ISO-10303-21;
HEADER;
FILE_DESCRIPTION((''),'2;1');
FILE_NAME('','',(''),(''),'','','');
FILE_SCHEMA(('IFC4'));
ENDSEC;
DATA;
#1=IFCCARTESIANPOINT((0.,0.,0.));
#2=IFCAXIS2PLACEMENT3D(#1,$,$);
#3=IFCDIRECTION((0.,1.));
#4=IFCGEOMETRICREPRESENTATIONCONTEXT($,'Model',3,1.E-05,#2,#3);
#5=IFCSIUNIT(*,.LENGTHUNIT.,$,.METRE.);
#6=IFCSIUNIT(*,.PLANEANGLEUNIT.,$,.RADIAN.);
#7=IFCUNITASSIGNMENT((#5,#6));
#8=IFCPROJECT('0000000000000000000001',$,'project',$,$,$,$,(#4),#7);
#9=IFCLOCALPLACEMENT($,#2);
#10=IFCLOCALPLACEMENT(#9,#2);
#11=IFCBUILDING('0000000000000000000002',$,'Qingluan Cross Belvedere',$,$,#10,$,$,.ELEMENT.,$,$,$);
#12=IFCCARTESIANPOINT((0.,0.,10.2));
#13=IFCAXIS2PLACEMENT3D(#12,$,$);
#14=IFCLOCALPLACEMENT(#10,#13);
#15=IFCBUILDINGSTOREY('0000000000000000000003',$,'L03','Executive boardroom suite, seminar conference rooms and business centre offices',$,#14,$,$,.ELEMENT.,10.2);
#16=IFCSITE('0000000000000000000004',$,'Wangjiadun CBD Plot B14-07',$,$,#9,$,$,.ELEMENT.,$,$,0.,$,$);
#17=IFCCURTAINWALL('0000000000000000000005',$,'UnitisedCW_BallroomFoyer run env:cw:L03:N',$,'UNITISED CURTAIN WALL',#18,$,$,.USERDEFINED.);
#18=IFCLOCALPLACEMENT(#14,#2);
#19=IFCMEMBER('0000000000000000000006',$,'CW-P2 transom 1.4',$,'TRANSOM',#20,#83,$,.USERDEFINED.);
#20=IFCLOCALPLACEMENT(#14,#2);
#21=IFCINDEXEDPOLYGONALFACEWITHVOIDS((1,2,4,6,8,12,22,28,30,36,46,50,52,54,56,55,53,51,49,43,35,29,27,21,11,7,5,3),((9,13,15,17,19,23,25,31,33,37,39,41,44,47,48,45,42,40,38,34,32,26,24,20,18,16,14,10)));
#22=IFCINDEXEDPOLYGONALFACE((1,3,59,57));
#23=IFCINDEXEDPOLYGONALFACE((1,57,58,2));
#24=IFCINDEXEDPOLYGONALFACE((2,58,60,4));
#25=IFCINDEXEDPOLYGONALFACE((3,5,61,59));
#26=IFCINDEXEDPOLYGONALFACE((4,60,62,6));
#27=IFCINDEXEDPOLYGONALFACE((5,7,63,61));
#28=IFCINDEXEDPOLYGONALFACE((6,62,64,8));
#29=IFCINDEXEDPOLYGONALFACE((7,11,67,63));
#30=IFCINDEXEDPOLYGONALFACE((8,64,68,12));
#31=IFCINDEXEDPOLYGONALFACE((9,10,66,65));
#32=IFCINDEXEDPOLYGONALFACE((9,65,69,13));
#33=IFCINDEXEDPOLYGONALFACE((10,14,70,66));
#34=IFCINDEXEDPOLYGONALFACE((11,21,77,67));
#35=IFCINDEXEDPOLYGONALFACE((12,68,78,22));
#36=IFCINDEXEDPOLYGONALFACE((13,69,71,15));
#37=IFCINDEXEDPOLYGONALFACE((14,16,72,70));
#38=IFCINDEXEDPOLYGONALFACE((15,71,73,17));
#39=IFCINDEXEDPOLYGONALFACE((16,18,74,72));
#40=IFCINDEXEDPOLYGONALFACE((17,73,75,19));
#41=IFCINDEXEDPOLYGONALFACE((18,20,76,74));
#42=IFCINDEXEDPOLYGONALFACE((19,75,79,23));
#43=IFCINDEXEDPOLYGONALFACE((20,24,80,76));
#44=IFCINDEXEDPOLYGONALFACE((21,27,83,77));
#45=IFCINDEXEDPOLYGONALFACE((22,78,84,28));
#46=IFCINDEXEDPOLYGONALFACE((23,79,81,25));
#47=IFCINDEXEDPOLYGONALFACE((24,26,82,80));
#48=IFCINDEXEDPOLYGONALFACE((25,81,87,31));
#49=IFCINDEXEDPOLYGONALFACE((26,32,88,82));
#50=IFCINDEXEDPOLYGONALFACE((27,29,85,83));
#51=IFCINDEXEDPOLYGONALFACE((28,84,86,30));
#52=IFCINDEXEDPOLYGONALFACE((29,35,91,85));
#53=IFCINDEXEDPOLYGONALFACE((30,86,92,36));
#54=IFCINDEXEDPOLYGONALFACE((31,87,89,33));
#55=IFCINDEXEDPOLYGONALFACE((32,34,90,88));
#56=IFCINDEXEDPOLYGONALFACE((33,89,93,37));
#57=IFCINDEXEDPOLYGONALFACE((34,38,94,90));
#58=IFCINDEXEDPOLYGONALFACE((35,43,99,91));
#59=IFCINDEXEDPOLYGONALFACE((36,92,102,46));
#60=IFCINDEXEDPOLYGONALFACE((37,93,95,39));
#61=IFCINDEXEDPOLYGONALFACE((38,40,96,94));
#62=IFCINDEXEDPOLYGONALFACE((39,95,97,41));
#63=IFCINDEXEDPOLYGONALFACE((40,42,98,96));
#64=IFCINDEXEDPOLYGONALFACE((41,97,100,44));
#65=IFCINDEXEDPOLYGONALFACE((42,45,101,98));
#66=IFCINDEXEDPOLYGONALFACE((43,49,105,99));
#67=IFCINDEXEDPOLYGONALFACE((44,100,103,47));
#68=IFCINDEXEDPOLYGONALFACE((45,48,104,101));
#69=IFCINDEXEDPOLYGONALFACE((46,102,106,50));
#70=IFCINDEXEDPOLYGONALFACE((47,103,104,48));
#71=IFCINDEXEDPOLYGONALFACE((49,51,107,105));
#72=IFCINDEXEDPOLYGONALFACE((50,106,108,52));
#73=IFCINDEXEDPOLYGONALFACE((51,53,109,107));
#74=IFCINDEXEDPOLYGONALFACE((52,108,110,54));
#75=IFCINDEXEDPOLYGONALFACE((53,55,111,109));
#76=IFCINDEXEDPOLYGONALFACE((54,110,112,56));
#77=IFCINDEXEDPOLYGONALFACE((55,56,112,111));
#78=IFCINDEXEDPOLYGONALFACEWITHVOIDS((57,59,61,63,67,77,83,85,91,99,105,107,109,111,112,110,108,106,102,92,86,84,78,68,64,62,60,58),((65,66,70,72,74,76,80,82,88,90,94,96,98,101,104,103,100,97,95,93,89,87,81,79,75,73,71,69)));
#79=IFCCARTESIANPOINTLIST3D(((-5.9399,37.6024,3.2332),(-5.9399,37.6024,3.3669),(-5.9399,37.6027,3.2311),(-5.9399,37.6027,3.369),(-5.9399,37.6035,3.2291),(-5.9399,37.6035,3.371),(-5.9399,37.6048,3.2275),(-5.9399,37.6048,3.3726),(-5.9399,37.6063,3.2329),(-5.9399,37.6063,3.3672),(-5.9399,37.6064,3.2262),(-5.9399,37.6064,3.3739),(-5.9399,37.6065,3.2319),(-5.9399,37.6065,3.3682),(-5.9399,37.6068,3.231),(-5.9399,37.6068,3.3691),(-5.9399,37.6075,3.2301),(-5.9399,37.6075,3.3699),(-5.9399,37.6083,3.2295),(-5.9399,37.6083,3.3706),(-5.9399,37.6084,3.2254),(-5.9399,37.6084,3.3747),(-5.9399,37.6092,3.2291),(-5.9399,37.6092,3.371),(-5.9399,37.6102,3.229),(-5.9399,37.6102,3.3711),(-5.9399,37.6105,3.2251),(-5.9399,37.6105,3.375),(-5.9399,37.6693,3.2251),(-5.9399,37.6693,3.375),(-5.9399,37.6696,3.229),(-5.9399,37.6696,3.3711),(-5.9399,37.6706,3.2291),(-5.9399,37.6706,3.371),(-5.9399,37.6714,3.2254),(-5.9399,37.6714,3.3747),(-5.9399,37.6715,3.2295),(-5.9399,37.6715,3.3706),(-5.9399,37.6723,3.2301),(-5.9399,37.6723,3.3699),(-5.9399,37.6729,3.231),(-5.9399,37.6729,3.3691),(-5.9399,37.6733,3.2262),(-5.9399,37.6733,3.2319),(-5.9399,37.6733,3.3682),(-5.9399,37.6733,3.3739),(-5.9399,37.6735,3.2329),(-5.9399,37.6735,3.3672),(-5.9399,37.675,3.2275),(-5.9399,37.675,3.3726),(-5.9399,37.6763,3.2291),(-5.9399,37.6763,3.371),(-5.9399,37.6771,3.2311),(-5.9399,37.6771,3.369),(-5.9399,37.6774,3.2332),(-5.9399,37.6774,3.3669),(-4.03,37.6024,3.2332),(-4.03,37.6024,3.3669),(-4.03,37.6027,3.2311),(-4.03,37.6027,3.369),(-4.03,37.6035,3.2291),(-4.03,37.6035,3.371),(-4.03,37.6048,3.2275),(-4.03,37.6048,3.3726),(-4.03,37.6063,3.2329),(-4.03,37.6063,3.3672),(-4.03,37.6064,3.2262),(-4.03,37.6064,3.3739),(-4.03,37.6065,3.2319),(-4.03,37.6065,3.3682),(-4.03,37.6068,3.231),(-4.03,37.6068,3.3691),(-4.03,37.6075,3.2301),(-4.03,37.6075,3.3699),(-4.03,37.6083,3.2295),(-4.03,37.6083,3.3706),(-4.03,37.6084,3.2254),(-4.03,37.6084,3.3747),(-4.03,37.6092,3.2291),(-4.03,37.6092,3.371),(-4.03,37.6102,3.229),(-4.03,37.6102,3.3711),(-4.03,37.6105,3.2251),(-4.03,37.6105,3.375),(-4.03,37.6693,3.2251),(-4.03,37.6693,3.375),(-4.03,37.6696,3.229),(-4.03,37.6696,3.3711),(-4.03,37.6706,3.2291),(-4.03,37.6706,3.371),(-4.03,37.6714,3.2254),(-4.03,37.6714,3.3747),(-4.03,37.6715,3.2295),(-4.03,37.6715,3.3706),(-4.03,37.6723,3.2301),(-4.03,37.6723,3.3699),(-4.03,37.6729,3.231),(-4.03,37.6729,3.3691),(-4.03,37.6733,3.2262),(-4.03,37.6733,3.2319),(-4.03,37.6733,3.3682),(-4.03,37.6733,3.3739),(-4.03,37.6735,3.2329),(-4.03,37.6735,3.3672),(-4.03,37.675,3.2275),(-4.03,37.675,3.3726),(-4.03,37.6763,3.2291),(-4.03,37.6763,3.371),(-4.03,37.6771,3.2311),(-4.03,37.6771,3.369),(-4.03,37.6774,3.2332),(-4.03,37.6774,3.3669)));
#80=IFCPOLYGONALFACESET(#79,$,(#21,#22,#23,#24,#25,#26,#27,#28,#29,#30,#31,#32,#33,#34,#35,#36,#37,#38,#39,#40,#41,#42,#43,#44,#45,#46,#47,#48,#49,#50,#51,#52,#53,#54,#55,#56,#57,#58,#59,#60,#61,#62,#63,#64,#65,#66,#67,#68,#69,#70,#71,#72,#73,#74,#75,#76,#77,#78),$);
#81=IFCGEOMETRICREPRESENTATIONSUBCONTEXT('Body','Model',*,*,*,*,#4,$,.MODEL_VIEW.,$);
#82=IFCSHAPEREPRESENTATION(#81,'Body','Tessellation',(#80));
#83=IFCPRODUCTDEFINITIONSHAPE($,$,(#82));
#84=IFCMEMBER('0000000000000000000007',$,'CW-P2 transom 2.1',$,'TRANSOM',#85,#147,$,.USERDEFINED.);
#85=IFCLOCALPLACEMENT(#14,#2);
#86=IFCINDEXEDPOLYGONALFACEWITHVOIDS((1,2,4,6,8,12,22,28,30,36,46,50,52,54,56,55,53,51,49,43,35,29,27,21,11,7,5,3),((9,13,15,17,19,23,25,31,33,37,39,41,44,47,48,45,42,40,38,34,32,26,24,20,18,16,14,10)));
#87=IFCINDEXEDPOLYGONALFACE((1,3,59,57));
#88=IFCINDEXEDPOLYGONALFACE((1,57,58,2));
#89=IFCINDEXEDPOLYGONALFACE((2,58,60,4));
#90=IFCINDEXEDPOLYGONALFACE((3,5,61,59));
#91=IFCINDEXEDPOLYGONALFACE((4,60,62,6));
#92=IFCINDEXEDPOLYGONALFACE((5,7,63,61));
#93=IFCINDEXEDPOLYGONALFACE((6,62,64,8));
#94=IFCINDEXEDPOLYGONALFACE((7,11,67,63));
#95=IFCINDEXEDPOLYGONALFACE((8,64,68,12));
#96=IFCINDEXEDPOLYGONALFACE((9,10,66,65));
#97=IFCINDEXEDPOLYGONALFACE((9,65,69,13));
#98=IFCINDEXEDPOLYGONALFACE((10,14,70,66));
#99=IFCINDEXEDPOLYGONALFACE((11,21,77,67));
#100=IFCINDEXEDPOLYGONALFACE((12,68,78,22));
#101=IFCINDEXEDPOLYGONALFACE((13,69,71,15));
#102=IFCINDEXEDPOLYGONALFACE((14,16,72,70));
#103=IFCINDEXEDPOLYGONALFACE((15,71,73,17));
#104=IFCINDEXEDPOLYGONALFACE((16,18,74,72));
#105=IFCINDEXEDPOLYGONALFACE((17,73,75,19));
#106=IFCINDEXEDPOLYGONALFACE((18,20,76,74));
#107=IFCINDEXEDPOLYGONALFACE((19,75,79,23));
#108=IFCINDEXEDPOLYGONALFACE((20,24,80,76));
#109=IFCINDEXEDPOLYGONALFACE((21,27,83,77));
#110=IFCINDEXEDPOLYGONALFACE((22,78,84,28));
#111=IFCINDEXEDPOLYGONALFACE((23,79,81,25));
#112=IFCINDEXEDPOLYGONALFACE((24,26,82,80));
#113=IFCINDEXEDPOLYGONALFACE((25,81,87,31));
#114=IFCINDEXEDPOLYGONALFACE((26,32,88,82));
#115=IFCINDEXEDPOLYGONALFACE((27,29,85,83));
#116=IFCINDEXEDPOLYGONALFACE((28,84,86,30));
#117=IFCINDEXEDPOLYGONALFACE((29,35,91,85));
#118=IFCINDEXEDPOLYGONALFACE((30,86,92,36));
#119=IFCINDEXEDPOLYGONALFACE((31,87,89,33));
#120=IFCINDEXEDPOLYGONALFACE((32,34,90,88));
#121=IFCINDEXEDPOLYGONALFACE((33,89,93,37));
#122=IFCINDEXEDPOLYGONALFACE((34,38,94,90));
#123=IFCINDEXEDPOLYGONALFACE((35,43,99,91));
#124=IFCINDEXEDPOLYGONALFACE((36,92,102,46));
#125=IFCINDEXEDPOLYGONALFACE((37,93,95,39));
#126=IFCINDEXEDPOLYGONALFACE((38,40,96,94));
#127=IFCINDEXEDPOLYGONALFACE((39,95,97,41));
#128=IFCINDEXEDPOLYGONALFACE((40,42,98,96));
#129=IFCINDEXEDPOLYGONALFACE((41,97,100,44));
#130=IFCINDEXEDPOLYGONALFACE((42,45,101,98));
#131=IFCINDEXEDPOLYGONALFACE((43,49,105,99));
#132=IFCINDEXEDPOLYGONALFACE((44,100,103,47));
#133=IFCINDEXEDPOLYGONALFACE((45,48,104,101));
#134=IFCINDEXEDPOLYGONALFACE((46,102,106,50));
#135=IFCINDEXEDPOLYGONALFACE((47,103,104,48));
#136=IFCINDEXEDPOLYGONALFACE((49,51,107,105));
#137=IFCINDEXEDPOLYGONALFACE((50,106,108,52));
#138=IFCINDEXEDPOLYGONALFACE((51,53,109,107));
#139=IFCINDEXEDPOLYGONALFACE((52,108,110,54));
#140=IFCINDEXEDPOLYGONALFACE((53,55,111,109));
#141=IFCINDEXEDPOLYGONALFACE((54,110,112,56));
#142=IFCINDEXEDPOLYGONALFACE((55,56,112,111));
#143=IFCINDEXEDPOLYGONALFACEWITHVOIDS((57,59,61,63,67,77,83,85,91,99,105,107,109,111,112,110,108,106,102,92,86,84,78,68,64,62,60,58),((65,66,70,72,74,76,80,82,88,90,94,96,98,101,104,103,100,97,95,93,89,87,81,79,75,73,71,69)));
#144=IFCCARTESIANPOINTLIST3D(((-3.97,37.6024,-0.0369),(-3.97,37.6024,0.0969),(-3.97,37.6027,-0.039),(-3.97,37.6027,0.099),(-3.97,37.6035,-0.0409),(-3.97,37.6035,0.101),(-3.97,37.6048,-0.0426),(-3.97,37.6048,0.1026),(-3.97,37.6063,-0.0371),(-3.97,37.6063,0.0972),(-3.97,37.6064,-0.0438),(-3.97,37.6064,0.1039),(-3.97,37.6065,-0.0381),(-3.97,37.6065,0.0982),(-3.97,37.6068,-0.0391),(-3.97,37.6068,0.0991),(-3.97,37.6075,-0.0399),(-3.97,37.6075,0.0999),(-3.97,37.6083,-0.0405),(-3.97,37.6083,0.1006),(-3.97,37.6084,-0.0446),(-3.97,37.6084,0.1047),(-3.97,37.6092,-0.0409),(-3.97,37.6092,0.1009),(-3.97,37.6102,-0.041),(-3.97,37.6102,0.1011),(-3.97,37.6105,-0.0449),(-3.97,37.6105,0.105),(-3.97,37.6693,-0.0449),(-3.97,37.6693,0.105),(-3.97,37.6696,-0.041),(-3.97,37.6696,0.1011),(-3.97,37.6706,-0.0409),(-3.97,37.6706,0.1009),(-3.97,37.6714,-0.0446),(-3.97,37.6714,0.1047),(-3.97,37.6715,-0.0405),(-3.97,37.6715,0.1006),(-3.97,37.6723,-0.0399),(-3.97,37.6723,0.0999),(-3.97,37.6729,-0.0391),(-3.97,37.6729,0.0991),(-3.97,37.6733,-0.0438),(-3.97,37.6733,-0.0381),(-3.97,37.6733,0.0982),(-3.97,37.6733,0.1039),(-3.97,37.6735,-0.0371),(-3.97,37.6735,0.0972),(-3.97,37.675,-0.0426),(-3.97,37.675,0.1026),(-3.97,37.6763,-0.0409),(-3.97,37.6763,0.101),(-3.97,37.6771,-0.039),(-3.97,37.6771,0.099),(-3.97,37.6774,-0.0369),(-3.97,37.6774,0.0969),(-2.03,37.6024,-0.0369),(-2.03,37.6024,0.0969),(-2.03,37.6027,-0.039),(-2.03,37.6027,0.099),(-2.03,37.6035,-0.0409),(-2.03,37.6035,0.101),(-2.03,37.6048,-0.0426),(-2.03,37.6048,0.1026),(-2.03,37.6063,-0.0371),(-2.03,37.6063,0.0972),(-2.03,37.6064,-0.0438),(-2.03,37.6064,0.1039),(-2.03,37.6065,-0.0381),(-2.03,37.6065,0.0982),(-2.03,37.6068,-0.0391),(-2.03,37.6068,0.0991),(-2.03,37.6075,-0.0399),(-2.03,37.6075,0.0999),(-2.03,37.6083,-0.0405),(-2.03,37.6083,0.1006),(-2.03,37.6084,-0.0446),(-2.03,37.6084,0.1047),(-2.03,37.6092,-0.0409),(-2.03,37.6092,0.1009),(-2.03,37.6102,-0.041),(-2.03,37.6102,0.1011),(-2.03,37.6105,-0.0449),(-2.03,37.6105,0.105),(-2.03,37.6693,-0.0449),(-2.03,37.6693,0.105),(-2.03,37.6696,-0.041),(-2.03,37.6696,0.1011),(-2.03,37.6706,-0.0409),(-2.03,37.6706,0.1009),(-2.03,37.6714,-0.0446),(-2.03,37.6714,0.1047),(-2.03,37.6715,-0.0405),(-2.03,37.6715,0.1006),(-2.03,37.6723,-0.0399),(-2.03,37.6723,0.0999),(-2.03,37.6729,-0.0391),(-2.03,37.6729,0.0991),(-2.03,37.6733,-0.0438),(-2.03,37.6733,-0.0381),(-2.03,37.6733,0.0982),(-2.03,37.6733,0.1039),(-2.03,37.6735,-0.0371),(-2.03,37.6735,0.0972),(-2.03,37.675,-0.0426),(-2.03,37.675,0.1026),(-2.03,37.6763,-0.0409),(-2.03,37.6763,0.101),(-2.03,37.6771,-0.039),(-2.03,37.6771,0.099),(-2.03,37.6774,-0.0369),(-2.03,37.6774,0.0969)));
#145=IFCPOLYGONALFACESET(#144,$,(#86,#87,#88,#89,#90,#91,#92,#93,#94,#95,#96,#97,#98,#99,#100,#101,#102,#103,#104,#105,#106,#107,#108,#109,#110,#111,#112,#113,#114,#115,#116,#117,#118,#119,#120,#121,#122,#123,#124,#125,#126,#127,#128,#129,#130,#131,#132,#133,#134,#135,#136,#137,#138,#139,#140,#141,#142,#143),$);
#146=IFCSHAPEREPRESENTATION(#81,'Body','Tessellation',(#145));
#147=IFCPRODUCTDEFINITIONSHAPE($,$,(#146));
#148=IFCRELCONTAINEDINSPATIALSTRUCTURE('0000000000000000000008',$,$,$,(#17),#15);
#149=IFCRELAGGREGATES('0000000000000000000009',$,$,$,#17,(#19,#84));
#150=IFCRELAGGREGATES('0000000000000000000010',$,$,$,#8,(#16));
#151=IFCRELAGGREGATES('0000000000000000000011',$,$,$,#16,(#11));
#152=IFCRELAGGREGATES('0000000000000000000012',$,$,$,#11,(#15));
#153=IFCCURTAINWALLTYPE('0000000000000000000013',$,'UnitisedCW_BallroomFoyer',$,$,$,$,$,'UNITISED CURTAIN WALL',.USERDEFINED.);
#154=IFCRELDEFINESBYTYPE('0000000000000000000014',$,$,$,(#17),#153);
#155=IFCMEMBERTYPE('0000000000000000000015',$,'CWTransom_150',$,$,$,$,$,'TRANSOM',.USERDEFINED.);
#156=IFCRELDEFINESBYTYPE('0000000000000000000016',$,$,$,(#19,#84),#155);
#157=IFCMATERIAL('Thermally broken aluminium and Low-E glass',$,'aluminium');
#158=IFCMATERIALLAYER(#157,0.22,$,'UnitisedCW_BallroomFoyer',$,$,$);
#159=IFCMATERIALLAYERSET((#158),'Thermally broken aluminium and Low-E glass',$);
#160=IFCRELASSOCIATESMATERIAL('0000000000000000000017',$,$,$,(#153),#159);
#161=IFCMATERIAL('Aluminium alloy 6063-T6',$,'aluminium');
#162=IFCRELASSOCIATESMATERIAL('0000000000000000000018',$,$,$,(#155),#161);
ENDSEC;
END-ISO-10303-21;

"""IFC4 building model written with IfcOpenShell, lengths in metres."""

from ifc_helpers import new_model, si_unit, direction, frame, origin, origin_2d, place, context, subcontext, project, spatial, hollow_rectangle, extrude, material, layer, layer_set, material_profile, profile_set, type_object, element, aggregate, save


model = new_model("IFC4")

# Units and contexts
model_context = context("Model", 3, precision=1e-05, world=origin(), true_north=direction((0.0, 1.0)))
body_context = subcontext(model_context, "Body", "Model", "MODEL_VIEW")
ifc_project = project(units=[si_unit("LENGTHUNIT", "METRE"), si_unit("PLANEANGLEUNIT", "RADIAN")], contexts=[model_context])

# Site, building, storey
site_placement = place(None, origin())
site = spatial("IfcSite", under=ifc_project, at=site_placement, Name="Wangjiadun CBD Plot B14-07", CompositionType="ELEMENT", RefElevation=0.0)
building_placement = place(site_placement, origin())
building = spatial("IfcBuilding", under=site, at=building_placement, Name="Qingluan Cross Belvedere", CompositionType="ELEMENT")
storey_placement = place(building_placement, frame((0.0, 0.0, 10.2)))
storey = spatial("IfcBuildingStorey", under=building, at=storey_placement, Name="L03", Description="Executive boardroom suite, seminar conference rooms and business centre offices", CompositionType="ELEMENT", Elevation=10.2)

# Curtain wall, members
ifc_material_1 = material(Name="Thermally broken aluminium and Low-E glass", Category="aluminium")
ifc_layer_1 = layer(ifc_material_1, 0.22, Name="UnitisedCW_BallroomFoyer")
ifc_layer_set_1 = layer_set([ifc_layer_1], Name="Thermally broken aluminium and Low-E glass")
curtain_wall_type = type_object("IfcCurtainWallType", Name="UnitisedCW_BallroomFoyer", ElementType="UNITISED CURTAIN WALL", PredefinedType="USERDEFINED", material=ifc_layer_set_1)
curtain_wall_placement = place(storey_placement, origin())
curtain_wall = element("IfcCurtainWall", 1, at=curtain_wall_placement, inside=storey, type_object=curtain_wall_type, Name="UnitisedCW_BallroomFoyer run env:cw:L03:N", ObjectType="UNITISED CURTAIN WALL", PredefinedType="USERDEFINED")
ifc_material_2 = material(Name="Aluminium alloy 6063-T6", Category="aluminium")
ifc_material_profile_1 = material_profile(ifc_material_2, hollow_rectangle(XDim=0.075, YDim=0.1499, WallThickness=0.0039, InnerFilletRadius=0.0039, OuterFilletRadius=0.0081, at=origin_2d()), Name="CWT150x75x4")
ifc_profile_set_1 = profile_set([ifc_material_profile_1], Name="Aluminium alloy 6063-T6")
member_type_1 = type_object("IfcMemberType", Name="CWTransom_150", ElementType="TRANSOM", PredefinedType="USERDEFINED", material=ifc_profile_set_1)
member_1_placement = place(storey_placement, frame((-5.9399, 37.6399, 3.3), z_axis=(1.0, 0.0, 0.0), x_axis=(0.0, 1.0, 0.0)))
member_1 = element("IfcMember", 2, at=member_1_placement, type_object=member_type_1, Name="CW-P2 transom 1.4", ObjectType="TRANSOM", PredefinedType="USERDEFINED", context=body_context, shape_type="SweptSolid", body=[
    extrude(hollow_rectangle(XDim=0.075, YDim=0.1499, WallThickness=0.0039, InnerFilletRadius=0.0039, OuterFilletRadius=0.0081, at=origin_2d()), origin(), (0.0, 0.0, 1.0), 1.9099),
])
member_2_placement = place(storey_placement, frame((-3.97, 37.6399, 0.03), z_axis=(1.0, 0.0, 0.0), x_axis=(0.0, 1.0, 0.0)))
member_2 = element("IfcMember", 3, at=member_2_placement, type_object=member_type_1, Name="CW-P2 transom 2.1", ObjectType="TRANSOM", PredefinedType="USERDEFINED", context=body_context, shape_type="SweptSolid", body=[
    extrude(hollow_rectangle(XDim=0.075, YDim=0.1499, WallThickness=0.0039, InnerFilletRadius=0.0039, OuterFilletRadius=0.0081, at=origin_2d()), origin(), (0.0, 0.0, 1.0), 1.9399),
])

aggregate(curtain_wall, [member_1, member_2])

save(model, "model.ifc")
